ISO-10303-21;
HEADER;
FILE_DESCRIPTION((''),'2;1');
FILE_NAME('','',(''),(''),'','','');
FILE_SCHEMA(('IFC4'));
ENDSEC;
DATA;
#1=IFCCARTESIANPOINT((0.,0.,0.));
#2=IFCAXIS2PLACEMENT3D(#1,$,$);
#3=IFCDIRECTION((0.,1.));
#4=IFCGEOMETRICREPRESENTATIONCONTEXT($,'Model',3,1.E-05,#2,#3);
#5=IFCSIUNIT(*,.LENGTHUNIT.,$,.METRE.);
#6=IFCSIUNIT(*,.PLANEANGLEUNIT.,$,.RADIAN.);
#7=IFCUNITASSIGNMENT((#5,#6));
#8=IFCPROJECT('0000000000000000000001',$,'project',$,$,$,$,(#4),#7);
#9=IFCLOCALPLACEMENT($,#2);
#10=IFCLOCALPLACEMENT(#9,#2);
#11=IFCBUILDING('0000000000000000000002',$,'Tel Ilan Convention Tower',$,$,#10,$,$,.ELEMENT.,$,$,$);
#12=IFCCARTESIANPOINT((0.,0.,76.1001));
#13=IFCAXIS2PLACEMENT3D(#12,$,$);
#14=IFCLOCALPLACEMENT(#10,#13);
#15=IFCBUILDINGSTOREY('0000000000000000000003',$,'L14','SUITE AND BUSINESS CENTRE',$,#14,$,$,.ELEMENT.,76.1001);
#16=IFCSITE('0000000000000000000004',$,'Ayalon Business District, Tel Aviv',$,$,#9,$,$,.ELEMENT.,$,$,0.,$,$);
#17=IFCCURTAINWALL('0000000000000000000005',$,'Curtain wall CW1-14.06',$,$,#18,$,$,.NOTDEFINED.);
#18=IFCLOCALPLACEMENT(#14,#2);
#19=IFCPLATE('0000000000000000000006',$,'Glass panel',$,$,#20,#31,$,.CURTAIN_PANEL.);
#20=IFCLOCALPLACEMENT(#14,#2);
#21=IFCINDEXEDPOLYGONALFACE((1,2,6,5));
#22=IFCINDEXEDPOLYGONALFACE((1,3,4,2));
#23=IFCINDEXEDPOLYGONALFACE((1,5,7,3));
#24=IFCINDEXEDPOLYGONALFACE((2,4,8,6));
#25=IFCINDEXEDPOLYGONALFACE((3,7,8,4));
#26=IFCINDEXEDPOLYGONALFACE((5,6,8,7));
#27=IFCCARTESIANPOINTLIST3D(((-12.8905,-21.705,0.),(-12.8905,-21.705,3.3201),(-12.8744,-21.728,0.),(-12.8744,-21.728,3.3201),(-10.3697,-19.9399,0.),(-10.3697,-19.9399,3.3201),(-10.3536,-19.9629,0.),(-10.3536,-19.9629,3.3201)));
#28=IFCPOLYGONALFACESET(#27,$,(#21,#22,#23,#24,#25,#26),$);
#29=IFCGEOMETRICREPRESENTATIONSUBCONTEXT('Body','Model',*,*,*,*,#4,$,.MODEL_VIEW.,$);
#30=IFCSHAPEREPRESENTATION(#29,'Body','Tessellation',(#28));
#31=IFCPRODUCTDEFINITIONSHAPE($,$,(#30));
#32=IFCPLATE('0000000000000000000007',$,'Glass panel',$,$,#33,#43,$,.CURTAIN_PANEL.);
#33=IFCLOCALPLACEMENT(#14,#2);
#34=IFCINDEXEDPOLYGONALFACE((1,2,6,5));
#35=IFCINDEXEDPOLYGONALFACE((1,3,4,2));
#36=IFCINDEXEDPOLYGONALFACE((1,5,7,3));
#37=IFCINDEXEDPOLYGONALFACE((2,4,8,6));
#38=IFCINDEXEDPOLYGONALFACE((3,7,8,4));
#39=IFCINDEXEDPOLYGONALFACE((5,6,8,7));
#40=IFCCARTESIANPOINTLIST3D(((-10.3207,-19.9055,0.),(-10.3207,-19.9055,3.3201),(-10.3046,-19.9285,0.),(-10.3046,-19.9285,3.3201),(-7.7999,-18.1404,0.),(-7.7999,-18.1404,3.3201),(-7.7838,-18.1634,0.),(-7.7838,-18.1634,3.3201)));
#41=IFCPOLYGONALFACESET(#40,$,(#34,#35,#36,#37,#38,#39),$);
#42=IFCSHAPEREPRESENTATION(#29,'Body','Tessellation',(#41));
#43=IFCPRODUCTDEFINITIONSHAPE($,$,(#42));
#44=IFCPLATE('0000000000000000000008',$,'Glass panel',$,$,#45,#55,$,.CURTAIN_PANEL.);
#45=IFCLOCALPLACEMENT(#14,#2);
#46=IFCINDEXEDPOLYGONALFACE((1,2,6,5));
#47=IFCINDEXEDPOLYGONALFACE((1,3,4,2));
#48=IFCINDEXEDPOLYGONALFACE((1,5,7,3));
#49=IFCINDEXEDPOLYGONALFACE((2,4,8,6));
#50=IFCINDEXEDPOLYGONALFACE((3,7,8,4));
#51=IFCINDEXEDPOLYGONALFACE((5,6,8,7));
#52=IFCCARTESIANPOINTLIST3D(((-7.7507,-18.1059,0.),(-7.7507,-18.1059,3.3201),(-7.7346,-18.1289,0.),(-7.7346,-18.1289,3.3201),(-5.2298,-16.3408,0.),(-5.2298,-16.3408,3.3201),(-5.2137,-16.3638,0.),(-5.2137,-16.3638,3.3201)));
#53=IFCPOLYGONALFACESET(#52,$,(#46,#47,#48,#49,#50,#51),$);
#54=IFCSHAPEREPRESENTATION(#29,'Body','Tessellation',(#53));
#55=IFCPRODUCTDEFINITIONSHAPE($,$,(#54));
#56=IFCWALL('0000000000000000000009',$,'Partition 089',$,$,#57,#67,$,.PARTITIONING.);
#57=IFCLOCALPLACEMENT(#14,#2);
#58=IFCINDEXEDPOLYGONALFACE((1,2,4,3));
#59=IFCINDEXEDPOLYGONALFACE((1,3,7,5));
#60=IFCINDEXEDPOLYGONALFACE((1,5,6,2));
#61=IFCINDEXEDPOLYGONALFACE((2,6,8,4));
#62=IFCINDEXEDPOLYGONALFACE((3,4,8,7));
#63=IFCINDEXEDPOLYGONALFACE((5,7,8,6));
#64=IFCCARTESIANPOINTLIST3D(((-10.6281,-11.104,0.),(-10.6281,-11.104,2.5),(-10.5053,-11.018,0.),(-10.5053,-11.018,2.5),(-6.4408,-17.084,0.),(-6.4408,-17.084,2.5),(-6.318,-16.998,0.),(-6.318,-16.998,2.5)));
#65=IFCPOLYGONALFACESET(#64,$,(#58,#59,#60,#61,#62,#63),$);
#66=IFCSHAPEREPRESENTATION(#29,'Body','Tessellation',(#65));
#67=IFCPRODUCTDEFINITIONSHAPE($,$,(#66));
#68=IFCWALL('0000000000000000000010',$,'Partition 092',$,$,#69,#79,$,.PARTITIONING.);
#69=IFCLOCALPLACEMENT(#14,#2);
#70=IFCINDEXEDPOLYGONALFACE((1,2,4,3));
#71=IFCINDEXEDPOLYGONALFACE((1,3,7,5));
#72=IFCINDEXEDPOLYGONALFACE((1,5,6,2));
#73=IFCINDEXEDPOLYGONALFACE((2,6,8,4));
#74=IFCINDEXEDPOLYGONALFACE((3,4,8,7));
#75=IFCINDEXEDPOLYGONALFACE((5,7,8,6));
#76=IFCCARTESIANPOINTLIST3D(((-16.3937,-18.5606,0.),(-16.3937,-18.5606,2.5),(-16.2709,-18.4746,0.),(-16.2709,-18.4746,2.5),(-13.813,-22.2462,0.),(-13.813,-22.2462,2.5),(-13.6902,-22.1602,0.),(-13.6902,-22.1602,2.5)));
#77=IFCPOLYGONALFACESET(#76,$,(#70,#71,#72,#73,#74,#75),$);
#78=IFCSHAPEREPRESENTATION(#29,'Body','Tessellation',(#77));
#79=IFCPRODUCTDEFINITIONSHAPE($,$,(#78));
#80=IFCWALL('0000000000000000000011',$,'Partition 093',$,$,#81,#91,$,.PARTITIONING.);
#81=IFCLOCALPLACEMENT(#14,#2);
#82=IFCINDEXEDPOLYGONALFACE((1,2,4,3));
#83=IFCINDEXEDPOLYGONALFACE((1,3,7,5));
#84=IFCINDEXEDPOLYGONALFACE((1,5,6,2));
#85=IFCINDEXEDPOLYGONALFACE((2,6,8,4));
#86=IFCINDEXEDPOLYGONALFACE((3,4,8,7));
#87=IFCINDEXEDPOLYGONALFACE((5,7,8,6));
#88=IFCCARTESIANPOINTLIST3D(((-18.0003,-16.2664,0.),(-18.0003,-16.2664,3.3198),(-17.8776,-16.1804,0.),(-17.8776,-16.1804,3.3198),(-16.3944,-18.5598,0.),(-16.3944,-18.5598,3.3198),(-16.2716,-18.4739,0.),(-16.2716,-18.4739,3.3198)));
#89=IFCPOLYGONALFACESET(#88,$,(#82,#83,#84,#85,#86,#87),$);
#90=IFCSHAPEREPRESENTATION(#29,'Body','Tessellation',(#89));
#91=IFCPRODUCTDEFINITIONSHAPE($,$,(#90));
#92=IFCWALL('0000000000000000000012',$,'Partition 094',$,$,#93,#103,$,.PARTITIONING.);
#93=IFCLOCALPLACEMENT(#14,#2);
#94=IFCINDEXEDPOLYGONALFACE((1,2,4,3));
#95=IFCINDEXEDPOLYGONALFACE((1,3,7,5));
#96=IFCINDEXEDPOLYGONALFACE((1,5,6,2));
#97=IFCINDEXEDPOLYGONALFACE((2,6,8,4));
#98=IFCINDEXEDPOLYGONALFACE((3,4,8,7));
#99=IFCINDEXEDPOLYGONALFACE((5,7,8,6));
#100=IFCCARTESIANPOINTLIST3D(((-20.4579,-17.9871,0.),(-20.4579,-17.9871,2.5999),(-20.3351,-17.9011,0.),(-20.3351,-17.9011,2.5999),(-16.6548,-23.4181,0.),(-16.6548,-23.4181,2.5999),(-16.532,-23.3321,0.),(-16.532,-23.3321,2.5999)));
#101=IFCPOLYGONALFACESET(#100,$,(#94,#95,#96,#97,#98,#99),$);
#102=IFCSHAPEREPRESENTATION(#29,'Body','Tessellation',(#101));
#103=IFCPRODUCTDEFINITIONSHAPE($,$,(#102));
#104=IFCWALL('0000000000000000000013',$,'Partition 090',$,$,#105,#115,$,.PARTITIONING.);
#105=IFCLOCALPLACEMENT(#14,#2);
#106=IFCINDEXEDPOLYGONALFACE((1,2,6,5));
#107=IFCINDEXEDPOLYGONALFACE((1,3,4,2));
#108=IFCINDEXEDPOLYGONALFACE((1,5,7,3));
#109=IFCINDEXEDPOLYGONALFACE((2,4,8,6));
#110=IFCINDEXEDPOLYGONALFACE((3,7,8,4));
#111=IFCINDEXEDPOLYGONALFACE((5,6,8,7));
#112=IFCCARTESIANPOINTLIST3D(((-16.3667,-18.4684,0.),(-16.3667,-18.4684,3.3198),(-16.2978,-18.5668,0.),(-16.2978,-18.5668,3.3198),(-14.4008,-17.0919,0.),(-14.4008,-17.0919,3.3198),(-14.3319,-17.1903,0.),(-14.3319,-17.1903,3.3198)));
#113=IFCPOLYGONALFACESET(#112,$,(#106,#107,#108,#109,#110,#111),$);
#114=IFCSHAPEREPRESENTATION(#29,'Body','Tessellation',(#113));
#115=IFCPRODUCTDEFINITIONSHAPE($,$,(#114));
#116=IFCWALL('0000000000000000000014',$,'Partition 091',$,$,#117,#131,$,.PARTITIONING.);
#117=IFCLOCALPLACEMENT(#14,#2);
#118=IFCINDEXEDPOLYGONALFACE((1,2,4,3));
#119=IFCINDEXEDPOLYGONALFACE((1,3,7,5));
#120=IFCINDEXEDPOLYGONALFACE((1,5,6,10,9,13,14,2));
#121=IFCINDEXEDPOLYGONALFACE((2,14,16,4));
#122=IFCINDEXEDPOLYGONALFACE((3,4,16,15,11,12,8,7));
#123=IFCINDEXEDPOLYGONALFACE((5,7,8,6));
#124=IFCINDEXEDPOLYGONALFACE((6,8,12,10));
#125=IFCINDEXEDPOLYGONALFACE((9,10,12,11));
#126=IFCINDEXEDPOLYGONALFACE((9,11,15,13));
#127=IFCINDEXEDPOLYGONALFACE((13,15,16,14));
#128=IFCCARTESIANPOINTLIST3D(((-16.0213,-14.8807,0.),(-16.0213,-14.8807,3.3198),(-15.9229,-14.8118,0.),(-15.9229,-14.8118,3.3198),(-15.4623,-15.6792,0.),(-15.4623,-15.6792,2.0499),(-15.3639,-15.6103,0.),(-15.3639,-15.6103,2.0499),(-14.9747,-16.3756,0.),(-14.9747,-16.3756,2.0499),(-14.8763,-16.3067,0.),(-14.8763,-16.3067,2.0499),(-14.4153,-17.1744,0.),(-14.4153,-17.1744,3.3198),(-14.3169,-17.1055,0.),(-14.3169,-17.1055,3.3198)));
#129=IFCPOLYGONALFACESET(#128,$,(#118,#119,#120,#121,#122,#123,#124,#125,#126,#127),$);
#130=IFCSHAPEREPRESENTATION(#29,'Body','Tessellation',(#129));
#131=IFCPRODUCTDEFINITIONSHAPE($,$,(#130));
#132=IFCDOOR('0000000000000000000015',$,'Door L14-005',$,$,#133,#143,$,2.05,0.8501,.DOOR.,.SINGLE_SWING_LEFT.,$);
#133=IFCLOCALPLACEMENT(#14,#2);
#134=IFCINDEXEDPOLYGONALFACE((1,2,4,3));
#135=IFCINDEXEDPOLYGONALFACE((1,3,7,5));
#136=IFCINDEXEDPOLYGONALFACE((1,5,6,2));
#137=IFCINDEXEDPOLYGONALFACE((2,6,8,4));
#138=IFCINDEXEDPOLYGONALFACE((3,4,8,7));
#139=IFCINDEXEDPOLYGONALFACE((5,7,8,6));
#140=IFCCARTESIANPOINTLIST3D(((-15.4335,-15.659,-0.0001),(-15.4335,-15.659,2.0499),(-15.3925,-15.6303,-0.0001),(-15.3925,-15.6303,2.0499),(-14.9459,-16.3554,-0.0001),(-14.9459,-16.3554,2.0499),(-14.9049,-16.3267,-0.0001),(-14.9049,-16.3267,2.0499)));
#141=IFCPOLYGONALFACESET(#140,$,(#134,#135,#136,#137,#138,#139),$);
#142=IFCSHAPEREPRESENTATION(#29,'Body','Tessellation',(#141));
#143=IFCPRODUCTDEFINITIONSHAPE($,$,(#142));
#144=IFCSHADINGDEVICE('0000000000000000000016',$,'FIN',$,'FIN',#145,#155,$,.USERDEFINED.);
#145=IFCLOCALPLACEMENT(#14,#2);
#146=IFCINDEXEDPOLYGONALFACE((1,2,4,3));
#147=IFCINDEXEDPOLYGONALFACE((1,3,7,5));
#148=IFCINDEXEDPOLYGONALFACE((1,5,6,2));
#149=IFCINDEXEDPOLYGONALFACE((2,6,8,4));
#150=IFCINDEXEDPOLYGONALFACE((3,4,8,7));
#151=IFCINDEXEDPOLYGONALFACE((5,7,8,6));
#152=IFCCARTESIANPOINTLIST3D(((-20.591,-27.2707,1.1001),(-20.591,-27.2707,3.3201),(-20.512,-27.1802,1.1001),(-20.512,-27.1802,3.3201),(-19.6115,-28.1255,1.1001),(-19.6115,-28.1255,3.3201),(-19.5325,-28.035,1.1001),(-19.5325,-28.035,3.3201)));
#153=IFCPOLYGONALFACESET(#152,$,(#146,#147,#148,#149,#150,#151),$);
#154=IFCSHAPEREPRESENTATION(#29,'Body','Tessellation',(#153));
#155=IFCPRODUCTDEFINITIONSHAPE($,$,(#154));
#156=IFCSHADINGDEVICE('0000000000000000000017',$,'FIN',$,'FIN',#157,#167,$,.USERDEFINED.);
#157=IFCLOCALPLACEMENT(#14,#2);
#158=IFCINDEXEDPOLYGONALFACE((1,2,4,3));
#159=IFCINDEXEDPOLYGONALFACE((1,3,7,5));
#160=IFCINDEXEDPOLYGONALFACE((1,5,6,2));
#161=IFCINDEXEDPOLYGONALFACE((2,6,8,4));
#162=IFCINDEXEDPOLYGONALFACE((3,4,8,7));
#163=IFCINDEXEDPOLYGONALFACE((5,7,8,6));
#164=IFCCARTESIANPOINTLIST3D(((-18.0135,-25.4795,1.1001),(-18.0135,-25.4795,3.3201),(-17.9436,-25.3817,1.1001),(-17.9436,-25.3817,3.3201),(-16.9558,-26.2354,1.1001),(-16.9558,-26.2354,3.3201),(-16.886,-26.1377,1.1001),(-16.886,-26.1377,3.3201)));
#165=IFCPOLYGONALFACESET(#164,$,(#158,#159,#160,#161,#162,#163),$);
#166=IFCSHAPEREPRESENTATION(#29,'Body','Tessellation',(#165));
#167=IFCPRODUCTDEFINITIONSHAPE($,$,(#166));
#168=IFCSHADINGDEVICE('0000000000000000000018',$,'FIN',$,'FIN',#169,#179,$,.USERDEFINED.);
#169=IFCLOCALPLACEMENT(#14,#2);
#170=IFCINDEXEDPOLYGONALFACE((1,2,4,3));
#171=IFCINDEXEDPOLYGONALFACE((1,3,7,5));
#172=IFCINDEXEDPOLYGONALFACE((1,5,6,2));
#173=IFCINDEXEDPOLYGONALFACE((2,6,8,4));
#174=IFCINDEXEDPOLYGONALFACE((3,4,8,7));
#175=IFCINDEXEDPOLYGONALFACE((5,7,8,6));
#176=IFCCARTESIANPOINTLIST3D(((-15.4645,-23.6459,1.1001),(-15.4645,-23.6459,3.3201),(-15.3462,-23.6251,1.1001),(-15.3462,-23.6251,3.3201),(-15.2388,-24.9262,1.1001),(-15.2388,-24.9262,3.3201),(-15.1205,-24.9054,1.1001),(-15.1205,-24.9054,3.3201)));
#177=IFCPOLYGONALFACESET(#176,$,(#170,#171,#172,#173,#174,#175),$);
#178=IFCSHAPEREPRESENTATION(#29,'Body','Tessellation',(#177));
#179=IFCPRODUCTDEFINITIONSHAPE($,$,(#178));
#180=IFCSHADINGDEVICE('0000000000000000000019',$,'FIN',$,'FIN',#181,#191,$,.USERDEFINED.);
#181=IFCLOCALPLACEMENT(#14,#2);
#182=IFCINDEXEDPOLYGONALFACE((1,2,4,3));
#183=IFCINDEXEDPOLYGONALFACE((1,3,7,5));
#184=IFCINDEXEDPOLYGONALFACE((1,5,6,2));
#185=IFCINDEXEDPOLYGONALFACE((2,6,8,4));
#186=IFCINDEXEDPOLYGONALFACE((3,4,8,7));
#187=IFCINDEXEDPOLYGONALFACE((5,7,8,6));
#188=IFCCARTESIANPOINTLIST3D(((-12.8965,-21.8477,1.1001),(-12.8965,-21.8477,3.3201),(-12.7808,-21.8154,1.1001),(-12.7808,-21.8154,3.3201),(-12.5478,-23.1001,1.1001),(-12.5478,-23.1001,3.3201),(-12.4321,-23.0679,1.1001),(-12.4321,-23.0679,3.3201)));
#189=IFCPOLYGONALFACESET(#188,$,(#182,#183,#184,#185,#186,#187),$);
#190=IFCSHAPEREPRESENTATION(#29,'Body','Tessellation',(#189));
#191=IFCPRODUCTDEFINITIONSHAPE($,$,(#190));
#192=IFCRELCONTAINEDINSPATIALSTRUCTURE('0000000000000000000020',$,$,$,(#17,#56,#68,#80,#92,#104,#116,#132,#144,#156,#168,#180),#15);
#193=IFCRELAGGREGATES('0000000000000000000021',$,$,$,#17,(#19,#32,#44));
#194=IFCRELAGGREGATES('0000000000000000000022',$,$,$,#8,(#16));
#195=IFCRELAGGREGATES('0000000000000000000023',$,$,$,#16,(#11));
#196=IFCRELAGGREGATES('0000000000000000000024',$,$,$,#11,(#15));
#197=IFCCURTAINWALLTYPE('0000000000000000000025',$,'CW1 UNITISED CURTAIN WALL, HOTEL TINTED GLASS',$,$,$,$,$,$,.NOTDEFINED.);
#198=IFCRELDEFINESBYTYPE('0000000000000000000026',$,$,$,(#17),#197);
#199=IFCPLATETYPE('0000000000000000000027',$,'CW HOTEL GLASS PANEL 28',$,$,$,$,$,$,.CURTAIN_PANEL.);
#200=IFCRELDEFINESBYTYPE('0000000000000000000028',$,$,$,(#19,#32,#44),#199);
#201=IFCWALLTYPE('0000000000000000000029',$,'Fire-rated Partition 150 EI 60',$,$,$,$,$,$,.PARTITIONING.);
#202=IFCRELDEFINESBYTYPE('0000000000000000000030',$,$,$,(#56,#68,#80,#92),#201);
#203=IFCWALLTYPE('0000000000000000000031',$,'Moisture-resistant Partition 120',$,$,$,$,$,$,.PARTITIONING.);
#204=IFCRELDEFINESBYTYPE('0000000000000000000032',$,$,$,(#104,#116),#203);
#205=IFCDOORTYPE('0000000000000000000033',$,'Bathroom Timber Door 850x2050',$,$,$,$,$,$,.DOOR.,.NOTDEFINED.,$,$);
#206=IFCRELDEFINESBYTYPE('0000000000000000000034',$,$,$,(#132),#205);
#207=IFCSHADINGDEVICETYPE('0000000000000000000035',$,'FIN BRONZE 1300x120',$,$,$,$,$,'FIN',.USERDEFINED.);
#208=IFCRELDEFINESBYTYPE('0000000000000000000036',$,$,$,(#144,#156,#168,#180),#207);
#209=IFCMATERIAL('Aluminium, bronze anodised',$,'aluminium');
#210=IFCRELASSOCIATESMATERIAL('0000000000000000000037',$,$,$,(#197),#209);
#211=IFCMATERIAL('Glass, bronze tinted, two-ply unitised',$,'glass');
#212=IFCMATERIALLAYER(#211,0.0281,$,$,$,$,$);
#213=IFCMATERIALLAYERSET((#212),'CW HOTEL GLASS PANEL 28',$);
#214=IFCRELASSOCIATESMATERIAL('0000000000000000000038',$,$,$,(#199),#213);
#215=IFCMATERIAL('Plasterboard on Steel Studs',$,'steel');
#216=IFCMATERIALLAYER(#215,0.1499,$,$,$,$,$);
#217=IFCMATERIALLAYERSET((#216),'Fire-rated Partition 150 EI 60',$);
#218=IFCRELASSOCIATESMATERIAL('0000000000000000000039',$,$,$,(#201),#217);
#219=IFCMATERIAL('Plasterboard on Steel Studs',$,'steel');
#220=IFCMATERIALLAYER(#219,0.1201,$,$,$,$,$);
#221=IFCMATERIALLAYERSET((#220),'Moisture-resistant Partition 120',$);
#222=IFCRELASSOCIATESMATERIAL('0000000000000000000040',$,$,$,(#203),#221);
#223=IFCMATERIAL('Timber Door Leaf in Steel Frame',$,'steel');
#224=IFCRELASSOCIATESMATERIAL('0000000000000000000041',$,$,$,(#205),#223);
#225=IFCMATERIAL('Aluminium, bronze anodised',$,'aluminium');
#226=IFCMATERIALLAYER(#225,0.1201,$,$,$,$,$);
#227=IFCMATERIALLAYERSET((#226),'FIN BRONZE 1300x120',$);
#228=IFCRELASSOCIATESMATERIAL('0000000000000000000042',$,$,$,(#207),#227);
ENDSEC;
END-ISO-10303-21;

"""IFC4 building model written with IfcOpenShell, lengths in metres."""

from ifc_helpers import new_model, si_unit, direction, frame, frame_2d, origin, origin_2d, place, context, subcontext, project, spatial, rectangle, extrude, material, layer, layer_set, type_object, element, fill, aggregate, save


model = new_model("IFC4")

# Units and contexts
model_context = context("Model", 3, precision=1e-05, world=origin(), true_north=direction((0.0, 1.0)))
body_context = subcontext(model_context, "Body", "Model", "MODEL_VIEW")
ifc_project = project(units=[si_unit("LENGTHUNIT", "METRE"), si_unit("PLANEANGLEUNIT", "RADIAN")], contexts=[model_context])

# Site, building, storey
site_placement = place(None, origin())
site = spatial("IfcSite", under=ifc_project, at=site_placement, Name="Ayalon Business District, Tel Aviv", CompositionType="ELEMENT", RefElevation=0.0)
building_placement = place(site_placement, origin())
building = spatial("IfcBuilding", under=site, at=building_placement, Name="Tel Ilan Convention Tower", CompositionType="ELEMENT")
storey_placement = place(building_placement, frame((0.0, 0.0, 76.1001)))
storey = spatial("IfcBuildingStorey", under=building, at=storey_placement, Name="L14", Description="SUITE AND BUSINESS CENTRE", CompositionType="ELEMENT", Elevation=76.1001)

# Curtain wall, plates
ifc_material_1 = material(Name="Aluminium, bronze anodised", Category="aluminium")
curtain_wall_type = type_object("IfcCurtainWallType", Name="CW1 UNITISED CURTAIN WALL, HOTEL TINTED GLASS", PredefinedType="NOTDEFINED", material=ifc_material_1)
curtain_wall_placement = place(storey_placement, origin())
curtain_wall = element("IfcCurtainWall", 1, at=curtain_wall_placement, inside=storey, type_object=curtain_wall_type, Name="Curtain wall CW1-14.06", PredefinedType="NOTDEFINED")
ifc_material_2 = material(Name="Glass, bronze tinted, two-ply unitised", Category="glass")
ifc_layer_1 = layer(ifc_material_2, 0.0281)
ifc_layer_set_1 = layer_set([ifc_layer_1], Name="CW HOTEL GLASS PANEL 28")
plate_type = type_object("IfcPlateType", Name="CW HOTEL GLASS PANEL 28", PredefinedType="CURTAIN_PANEL", material=ifc_layer_set_1)
plate_1_placement = place(storey_placement, frame((-11.6221, -20.834, 0.0), z_axis=(0.0, 0.0, 1.0), x_axis=(0.819152, 0.573576, 0.0)))
plate_1 = element("IfcPlate", 2, at=plate_1_placement, type_object=plate_type, Name="Glass panel", PredefinedType="CURTAIN_PANEL", context=body_context, shape_type="SweptSolid", body=[
    extrude(rectangle(XDim=3.0774, YDim=0.0281, at=origin_2d()), origin(), (0.0, 0.0, 1.0), 3.3201),
])
plate_2_placement = place(storey_placement, frame((-9.0522, -19.0344, 0.0), z_axis=(0.0, 0.0, 1.0), x_axis=(0.819152, 0.573576, 0.0)))
plate_2 = element("IfcPlate", 3, at=plate_2_placement, type_object=plate_type, Name="Glass panel", PredefinedType="CURTAIN_PANEL", context=body_context, shape_type="SweptSolid", body=[
    extrude(rectangle(XDim=3.0774, YDim=0.0281, at=origin_2d()), origin(), (0.0, 0.0, 1.0), 3.3201),
])
plate_3_placement = place(storey_placement, frame((-6.4822, -17.2349, 0.0), z_axis=(0.0, 0.0, 1.0), x_axis=(0.819152, 0.573576, 0.0)))
plate_3 = element("IfcPlate", 4, at=plate_3_placement, type_object=plate_type, Name="Glass panel", PredefinedType="CURTAIN_PANEL", context=body_context, shape_type="SweptSolid", body=[
    extrude(rectangle(XDim=3.0774, YDim=0.0281, at=origin_2d()), origin(), (0.0, 0.0, 1.0), 3.3201),
])
aggregate(curtain_wall, [plate_1, plate_2, plate_3])

# Walls
ifc_material_3 = material(Name="Plasterboard on Steel Studs", Category="steel")
ifc_layer_2 = layer(ifc_material_3, 0.1499)
ifc_layer_set_2 = layer_set([ifc_layer_2], Name="Fire-rated Partition 150 EI 60")
wall_type_1 = type_object("IfcWallType", Name="Fire-rated Partition 150 EI 60", PredefinedType="PARTITIONING", material=ifc_layer_set_2)
wall_1_placement = place(storey_placement, frame((-6.3794, -17.041, 0.0), z_axis=(0.0, 0.0, 1.0), x_axis=(-0.573579, 0.81915, 0.0)))
element("IfcWall", 5, at=wall_1_placement, inside=storey, type_object=wall_type_1, Name="Partition 089", PredefinedType="PARTITIONING", context=body_context, shape_type="SweptSolid", body=[
    extrude(rectangle(XDim=7.3003, YDim=0.1499, at=frame_2d((3.6501, 0.0))), origin(), (0.0, 0.0, 1.0), 2.5),
])
wall_2_placement = place(storey_placement, frame((-13.7517, -22.2031, 0.0), z_axis=(0.0, 0.0, 1.0), x_axis=(-0.573564, 0.819161, 0.0)))
element("IfcWall", 6, at=wall_2_placement, inside=storey, type_object=wall_type_1, Name="Partition 092", PredefinedType="PARTITIONING", context=body_context, shape_type="SweptSolid", body=[
    extrude(rectangle(XDim=4.4993, YDim=0.1499, at=frame_2d((2.2495, 0.0))), origin(), (0.0, 0.0, 1.0), 2.5),
])
wall_3_placement = place(storey_placement, frame((-16.333, -18.5168, 0.0), z_axis=(0.0, 0.0, 1.0), x_axis=(-0.573591, 0.819142, 0.0)))
element("IfcWall", 7, at=wall_3_placement, inside=storey, type_object=wall_type_1, Name="Partition 093", PredefinedType="PARTITIONING", context=body_context, shape_type="SweptSolid", body=[
    extrude(rectangle(XDim=2.7998, YDim=0.1499, at=frame_2d((1.3999, 0.0))), origin(), (0.0, 0.0, 1.0), 3.3198),
])
wall_4_placement = place(storey_placement, frame((-16.5935, -23.375, 0.0), z_axis=(0.0, 0.0, 1.0), x_axis=(-0.573598, 0.819137, 0.0)))
element("IfcWall", 8, at=wall_4_placement, inside=storey, type_object=wall_type_1, Name="Partition 094", PredefinedType="PARTITIONING", context=body_context, shape_type="SweptSolid", body=[
    extrude(rectangle(XDim=6.6301, YDim=0.1499, at=frame_2d((3.3149, 0.0))), origin(), (0.0, 0.0, 1.0), 2.5999),
])
ifc_material_4 = material(Name="Plasterboard on Steel Studs", Category="steel")
ifc_layer_3 = layer(ifc_material_4, 0.1201)
ifc_layer_set_3 = layer_set([ifc_layer_3], Name="Moisture-resistant Partition 120")
wall_type_2 = type_object("IfcWallType", Name="Moisture-resistant Partition 120", PredefinedType="PARTITIONING", material=ifc_layer_set_3)
wall_5_placement = place(storey_placement, frame((-16.3323, -18.5176, 0.0), z_axis=(0.0, 0.0, 1.0), x_axis=(0.819155, 0.573572, 0.0)))
element("IfcWall", 9, at=wall_5_placement, inside=storey, type_object=wall_type_2, Name="Partition 090", PredefinedType="PARTITIONING", context=body_context, shape_type="SweptSolid", body=[
    extrude(rectangle(XDim=2.3999, YDim=0.1201, at=frame_2d((1.2, 0.0))), origin(), (0.0, 0.0, 1.0), 3.3198),
])

# Wall, opening, door
wall_6_placement = place(storey_placement, frame((-14.3662, -17.1399, 0.0), z_axis=(0.0, 0.0, 1.0), x_axis=(-0.57355, 0.81917, 0.0)))
wall_6 = element("IfcWall", 10, at=wall_6_placement, inside=storey, type_object=wall_type_2, Name="Partition 091", PredefinedType="PARTITIONING", context=body_context, shape_type="SweptSolid", body=[
    extrude(rectangle(XDim=2.8, YDim=0.1201, at=frame_2d((1.3999, 0.0))), origin(), (0.0, 0.0, 1.0), 3.3198),
])
opening_placement = place(wall_6_placement, frame((0.9751, 0.0, 0.0)))
opening = element("IfcOpeningElement", 11, at=opening_placement, cuts=wall_6, PredefinedType="OPENING", context=body_context, shape_type="SweptSolid", body=[
    extrude(rectangle(XDim=0.8501, YDim=2.05, at=frame_2d((0.425, 1.0249))), frame((0.0, 0.0701, 0.0), z_axis=(0.0, -1.0, 0.0), x_axis=(1.0, 0.0, 0.0)), (0.0, 0.0, 1.0), 0.1401),
])
ifc_material_5 = material(Name="Timber Door Leaf in Steel Frame", Category="steel")
door_type = type_object("IfcDoorType", Name="Bathroom Timber Door 850x2050", OperationType="NOTDEFINED", PredefinedType="DOOR", material=ifc_material_5)
door_placement = place(opening_placement, origin())
door = element("IfcDoor", 12, at=door_placement, inside=storey, type_object=door_type, Name="Door L14-005", OperationType="SINGLE_SWING_LEFT", OverallHeight=2.05, OverallWidth=0.8501, PredefinedType="DOOR", context=body_context, shape_type="SweptSolid", body=[
    extrude(rectangle(XDim=0.8501, YDim=2.05, at=frame_2d((0.425, 1.0249))), frame((0.0, 0.0249, 0.0), z_axis=(0.0, -1.0, 0.0), x_axis=(1.0, 0.0, 0.0)), (0.0, 0.0, 1.0), 0.05),
])
fill(opening, door)

# Shading devices
ifc_material_6 = material(Name="Aluminium, bronze anodised", Category="aluminium")
ifc_layer_4 = layer(ifc_material_6, 0.1201)
ifc_layer_set_4 = layer_set([ifc_layer_4], Name="FIN BRONZE 1300x120")
shading_device_type = type_object("IfcShadingDeviceType", Name="FIN BRONZE 1300x120", ElementType="FIN", PredefinedType="USERDEFINED", material=ifc_layer_set_4)
for number, where, z_axis, x_axis, name in (
    (13, (-20.0618, -27.6528, 1.1001), (0.0, 0.0, 1.0), (0.753436, -0.657521, 0.0), "FIN"),
    (14, (-17.4497, -25.8086, 1.1001), (0.0, 0.0, 1.0), (0.813552, -0.581492, 0.0), "FIN"),
    (15, (-15.2925, -24.2756, 1.1001), (0.0, 0.0, 1.0), (0.173648, -0.984808, 0.0), "FIN"),
    (16, (-12.6643, -22.4578, 1.1001), (0.0, 0.0, 1.0), (0.268173, -0.963371, 0.0), "FIN"),
):
    element("IfcShadingDevice", number, at=place(storey_placement, frame(where, z_axis=z_axis, x_axis=x_axis)), inside=storey, type_object=shading_device_type, Name=name, ObjectType="FIN", PredefinedType="USERDEFINED", context=body_context, shape_type="SweptSolid", body=[
        extrude(rectangle(XDim=1.3, YDim=0.1201, at=origin_2d()), origin(), (0.0, 0.0, 1.0), 2.22),
    ])

save(model, "model.ifc")
